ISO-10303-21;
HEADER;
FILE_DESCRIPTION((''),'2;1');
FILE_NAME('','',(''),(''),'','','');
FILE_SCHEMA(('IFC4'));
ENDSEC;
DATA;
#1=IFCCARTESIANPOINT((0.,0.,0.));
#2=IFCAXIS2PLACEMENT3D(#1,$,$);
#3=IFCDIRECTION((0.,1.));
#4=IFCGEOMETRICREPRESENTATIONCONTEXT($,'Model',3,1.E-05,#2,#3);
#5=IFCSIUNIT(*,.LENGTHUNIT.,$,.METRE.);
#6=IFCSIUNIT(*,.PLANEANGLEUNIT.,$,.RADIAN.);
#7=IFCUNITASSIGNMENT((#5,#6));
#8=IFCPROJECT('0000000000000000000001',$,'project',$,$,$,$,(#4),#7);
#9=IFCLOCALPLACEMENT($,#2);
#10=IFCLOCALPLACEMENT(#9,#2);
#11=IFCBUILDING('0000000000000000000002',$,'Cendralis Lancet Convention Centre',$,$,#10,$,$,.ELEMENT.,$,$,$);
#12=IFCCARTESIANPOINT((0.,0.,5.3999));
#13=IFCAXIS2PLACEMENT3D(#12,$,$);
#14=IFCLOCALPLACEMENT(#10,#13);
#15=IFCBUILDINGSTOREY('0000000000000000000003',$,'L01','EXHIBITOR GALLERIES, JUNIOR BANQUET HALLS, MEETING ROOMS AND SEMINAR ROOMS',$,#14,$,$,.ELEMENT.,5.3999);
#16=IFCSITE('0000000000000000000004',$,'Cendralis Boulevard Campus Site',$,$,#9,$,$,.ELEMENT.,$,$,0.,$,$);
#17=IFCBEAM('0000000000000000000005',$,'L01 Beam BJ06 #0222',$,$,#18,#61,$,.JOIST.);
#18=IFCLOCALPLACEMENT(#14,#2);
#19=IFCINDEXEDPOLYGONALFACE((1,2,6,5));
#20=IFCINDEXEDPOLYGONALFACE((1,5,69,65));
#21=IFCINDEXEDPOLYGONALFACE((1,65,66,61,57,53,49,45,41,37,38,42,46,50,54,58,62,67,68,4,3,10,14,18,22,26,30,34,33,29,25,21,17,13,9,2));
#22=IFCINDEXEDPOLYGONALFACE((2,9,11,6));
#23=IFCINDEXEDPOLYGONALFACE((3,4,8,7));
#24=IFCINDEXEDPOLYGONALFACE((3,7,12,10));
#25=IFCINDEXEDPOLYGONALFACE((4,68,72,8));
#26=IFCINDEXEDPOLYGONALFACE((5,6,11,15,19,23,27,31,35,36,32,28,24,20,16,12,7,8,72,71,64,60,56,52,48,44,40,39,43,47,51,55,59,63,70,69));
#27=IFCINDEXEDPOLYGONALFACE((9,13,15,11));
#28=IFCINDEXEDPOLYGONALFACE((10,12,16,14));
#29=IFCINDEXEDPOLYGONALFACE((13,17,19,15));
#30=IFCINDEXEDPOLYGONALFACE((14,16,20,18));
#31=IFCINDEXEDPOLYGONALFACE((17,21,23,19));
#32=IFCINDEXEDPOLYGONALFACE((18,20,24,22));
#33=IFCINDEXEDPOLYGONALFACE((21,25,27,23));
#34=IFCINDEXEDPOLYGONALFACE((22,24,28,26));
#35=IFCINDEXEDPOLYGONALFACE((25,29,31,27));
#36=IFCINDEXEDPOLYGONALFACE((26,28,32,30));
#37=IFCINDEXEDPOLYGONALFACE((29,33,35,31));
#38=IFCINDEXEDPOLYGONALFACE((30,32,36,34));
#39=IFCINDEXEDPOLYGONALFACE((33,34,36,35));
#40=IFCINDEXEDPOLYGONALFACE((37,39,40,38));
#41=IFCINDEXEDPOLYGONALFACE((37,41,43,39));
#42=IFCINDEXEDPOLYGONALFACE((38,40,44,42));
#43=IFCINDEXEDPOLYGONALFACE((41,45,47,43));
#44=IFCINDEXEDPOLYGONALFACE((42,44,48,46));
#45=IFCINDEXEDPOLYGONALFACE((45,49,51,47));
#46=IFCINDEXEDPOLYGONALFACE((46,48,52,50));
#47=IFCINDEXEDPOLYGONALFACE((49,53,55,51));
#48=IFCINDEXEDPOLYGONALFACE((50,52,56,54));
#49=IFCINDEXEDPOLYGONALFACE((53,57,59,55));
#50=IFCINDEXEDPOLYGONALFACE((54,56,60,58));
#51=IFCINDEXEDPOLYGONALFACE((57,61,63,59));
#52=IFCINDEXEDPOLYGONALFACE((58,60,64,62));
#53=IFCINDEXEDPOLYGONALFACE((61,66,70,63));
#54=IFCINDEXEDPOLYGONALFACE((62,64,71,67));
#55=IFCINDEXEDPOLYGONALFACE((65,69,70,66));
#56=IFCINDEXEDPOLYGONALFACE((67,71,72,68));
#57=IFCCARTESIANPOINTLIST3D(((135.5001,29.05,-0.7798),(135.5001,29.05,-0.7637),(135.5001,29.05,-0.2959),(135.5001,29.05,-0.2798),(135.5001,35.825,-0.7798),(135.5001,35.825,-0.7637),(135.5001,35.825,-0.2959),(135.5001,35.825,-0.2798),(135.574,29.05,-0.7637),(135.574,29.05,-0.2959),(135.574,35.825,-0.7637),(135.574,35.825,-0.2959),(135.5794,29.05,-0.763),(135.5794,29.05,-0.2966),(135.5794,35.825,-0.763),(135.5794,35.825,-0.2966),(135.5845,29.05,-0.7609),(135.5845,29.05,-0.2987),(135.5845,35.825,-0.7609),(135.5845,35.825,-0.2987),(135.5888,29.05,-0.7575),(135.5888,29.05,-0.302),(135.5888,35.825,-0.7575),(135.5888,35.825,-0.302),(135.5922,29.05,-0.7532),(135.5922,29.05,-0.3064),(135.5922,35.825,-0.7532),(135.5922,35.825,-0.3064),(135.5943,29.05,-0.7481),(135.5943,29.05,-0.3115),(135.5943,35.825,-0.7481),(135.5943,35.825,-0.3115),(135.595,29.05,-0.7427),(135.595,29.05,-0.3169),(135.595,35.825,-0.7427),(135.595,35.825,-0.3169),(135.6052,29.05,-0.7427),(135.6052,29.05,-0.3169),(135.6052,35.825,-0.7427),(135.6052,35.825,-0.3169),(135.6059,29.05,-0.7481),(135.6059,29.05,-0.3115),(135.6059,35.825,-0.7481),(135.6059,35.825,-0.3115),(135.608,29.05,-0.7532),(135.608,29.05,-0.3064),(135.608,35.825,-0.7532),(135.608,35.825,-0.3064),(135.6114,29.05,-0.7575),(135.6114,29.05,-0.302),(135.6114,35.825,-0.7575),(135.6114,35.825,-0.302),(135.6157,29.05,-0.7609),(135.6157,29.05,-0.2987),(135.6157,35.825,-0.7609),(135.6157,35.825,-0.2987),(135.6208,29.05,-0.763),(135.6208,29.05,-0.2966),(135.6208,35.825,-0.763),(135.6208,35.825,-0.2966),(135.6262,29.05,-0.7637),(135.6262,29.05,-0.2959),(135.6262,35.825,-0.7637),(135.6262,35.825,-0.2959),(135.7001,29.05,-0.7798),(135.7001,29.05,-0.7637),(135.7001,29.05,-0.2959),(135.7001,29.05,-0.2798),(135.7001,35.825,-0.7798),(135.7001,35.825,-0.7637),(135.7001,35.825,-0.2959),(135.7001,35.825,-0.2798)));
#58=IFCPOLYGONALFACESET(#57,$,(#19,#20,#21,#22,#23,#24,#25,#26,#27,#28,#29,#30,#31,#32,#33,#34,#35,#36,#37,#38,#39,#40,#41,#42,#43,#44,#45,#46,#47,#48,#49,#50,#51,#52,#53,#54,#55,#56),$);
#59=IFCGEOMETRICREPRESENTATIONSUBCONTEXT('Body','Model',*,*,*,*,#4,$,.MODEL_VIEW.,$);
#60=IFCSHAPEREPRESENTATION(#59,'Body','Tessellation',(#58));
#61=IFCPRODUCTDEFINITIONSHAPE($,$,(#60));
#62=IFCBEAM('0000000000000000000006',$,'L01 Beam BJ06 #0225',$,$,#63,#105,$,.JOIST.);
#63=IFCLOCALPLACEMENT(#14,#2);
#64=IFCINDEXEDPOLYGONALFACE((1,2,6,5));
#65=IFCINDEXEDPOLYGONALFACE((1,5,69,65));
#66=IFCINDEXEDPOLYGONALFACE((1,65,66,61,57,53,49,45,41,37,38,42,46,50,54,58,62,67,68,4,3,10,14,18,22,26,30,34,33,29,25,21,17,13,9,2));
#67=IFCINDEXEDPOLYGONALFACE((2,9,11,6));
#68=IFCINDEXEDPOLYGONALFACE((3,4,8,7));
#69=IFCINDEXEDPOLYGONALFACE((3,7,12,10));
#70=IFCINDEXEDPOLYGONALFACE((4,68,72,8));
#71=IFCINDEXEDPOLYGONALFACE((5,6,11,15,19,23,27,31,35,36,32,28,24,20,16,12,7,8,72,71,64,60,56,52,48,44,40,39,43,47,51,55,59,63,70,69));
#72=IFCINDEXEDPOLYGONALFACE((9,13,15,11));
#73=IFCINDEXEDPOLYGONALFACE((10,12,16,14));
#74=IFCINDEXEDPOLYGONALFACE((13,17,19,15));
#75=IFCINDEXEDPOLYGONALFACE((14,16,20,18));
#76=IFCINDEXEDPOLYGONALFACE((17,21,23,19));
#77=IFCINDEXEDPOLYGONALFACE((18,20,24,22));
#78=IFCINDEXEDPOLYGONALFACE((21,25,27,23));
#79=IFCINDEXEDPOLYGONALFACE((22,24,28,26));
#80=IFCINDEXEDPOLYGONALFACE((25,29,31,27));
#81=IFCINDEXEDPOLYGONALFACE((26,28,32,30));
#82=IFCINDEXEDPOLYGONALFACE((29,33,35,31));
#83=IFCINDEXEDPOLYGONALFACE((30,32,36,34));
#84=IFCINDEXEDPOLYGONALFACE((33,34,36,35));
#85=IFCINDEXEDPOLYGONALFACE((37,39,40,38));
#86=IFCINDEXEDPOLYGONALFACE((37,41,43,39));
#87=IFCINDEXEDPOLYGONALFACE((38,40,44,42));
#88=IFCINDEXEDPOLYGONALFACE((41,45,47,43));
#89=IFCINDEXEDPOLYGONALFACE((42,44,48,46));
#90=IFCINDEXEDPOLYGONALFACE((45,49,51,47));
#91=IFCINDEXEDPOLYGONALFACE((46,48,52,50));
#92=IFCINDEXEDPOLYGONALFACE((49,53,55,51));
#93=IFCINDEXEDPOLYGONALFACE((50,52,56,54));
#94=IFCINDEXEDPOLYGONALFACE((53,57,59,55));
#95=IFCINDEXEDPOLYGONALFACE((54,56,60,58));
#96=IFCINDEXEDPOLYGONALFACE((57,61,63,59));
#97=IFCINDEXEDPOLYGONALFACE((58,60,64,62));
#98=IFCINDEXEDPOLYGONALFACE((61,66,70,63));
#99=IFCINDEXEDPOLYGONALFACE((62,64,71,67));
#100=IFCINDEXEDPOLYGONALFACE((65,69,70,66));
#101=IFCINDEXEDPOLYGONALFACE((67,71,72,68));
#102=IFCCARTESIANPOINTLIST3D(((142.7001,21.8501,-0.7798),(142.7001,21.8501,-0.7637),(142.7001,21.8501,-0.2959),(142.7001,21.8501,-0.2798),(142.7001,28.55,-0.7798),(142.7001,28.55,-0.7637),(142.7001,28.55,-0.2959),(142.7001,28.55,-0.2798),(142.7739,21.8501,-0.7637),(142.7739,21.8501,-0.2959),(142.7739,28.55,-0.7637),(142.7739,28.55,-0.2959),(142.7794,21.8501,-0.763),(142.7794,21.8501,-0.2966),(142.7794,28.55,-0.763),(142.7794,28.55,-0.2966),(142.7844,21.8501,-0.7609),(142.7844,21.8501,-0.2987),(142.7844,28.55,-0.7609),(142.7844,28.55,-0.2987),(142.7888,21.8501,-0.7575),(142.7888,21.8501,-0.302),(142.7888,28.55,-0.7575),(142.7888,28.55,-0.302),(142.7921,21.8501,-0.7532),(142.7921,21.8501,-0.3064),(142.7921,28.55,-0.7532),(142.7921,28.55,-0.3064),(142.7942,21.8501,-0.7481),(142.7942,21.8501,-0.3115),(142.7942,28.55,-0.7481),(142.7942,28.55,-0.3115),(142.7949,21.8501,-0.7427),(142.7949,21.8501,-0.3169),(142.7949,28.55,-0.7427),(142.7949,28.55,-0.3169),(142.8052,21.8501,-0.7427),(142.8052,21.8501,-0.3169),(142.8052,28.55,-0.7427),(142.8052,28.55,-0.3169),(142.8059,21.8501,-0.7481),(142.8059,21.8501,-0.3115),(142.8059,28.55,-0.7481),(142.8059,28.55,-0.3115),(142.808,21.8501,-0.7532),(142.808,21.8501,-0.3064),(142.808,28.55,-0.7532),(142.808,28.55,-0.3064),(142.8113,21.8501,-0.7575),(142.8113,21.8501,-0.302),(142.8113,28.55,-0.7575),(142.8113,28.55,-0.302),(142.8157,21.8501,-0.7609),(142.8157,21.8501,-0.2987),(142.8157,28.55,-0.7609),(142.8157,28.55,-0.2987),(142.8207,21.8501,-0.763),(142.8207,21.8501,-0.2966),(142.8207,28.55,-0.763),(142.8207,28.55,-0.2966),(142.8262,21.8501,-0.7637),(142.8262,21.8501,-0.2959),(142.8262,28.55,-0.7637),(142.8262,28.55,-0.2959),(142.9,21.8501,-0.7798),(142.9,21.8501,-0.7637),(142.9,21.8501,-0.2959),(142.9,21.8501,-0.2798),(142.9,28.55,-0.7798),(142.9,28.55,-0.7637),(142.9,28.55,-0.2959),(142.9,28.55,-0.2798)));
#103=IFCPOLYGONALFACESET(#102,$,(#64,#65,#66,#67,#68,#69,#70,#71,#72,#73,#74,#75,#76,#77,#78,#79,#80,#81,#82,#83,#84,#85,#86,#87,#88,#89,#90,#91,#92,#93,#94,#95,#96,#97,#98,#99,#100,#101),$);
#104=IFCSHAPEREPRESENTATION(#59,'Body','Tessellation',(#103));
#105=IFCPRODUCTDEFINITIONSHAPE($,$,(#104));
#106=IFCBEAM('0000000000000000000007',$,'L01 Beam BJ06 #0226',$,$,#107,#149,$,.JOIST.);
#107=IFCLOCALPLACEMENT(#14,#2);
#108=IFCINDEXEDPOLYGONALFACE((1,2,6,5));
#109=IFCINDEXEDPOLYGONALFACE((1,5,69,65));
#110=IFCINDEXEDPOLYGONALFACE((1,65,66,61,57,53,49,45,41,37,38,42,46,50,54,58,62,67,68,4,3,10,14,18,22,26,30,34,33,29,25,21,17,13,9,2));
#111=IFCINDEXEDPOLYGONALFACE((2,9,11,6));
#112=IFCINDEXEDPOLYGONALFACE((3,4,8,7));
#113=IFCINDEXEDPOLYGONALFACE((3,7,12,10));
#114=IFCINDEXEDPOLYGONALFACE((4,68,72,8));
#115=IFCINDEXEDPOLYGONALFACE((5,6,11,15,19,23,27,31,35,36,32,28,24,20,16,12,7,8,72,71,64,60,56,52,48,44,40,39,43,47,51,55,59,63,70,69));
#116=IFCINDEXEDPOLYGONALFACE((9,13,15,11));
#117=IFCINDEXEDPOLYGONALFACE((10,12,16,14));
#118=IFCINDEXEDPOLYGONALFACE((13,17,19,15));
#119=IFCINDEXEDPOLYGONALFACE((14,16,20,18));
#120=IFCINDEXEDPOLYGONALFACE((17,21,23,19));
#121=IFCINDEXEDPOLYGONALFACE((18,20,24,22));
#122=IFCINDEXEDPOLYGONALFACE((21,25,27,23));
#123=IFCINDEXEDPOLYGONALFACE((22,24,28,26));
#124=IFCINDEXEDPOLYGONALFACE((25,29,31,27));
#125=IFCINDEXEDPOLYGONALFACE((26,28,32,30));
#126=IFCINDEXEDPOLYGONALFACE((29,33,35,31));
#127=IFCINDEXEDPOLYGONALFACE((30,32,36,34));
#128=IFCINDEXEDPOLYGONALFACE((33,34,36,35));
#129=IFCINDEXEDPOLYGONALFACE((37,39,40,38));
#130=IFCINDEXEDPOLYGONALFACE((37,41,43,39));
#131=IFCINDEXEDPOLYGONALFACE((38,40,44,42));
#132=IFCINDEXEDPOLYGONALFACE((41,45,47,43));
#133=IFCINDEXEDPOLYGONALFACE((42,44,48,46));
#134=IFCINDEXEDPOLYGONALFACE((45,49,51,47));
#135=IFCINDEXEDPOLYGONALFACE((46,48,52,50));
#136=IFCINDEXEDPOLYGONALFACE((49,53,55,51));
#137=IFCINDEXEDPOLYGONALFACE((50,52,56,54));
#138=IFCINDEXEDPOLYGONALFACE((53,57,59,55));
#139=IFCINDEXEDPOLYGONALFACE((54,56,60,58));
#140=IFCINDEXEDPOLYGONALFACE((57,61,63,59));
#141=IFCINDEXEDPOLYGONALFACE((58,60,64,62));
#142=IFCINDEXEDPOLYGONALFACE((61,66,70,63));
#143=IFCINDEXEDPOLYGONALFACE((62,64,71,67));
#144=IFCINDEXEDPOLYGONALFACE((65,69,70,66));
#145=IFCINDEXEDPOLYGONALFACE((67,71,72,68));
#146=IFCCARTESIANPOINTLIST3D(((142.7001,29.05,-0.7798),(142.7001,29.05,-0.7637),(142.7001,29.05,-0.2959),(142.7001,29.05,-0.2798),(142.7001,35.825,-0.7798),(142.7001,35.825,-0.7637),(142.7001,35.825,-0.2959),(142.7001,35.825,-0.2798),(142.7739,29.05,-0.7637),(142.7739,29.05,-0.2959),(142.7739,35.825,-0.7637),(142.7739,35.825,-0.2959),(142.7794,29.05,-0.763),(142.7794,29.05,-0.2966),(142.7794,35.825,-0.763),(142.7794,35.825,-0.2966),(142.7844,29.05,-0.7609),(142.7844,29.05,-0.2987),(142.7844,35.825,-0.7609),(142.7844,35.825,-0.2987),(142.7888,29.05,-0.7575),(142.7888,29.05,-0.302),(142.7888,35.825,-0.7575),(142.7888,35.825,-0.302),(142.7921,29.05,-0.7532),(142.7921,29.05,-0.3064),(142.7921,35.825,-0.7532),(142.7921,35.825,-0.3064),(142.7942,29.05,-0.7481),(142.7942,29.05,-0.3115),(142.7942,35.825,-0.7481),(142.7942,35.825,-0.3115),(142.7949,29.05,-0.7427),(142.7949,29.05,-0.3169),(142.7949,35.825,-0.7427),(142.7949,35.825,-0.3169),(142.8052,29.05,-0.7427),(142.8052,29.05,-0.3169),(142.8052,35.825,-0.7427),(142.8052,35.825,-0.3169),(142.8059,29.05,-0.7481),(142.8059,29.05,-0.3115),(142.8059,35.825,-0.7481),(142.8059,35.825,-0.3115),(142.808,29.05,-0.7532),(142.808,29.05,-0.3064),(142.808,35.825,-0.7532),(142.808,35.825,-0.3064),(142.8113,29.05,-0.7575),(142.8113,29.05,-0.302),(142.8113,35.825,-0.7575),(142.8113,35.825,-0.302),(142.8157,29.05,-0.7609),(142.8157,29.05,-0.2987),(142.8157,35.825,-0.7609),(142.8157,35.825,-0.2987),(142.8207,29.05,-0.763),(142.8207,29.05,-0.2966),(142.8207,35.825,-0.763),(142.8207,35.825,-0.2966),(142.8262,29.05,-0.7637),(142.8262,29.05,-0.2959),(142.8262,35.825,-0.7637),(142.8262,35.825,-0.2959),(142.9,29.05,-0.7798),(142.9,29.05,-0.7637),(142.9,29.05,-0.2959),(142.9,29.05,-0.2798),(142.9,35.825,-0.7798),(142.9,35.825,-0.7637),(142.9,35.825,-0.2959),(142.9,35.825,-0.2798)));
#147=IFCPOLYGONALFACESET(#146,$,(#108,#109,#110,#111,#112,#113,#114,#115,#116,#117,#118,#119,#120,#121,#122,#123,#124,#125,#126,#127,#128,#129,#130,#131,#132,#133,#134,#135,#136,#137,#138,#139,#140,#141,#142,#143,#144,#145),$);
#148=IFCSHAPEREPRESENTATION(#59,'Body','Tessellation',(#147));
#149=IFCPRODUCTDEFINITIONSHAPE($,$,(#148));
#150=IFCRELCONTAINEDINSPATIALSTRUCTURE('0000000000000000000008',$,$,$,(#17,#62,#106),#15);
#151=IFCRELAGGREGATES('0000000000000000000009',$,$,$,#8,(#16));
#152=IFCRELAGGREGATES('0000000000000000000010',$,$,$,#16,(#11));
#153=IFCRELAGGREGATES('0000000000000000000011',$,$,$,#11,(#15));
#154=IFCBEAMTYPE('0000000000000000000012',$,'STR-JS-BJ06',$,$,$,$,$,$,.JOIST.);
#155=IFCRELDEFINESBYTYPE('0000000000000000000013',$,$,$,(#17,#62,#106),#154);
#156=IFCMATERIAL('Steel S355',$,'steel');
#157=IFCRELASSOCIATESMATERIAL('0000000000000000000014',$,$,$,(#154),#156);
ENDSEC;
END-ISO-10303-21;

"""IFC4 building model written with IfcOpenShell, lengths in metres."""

from ifc_helpers import new_model, si_unit, direction, frame, origin, origin_2d, place, context, subcontext, project, spatial, i_section, extrude, material, material_profile, profile_set, type_object, element, save


model = new_model("IFC4")

# Units and contexts
model_context = context("Model", 3, precision=1e-05, world=origin(), true_north=direction((0.0, 1.0)))
body_context = subcontext(model_context, "Body", "Model", "MODEL_VIEW")
ifc_project = project(units=[si_unit("LENGTHUNIT", "METRE"), si_unit("PLANEANGLEUNIT", "RADIAN")], contexts=[model_context])

# Site, building, storey
site_placement = place(None, origin())
site = spatial("IfcSite", under=ifc_project, at=site_placement, Name="Cendralis Boulevard Campus Site", CompositionType="ELEMENT", RefElevation=0.0)
building_placement = place(site_placement, origin())
building = spatial("IfcBuilding", under=site, at=building_placement, Name="Cendralis Lancet Convention Centre", CompositionType="ELEMENT")
storey_placement = place(building_placement, frame((0.0, 0.0, 5.3999)))
storey = spatial("IfcBuildingStorey", under=building, at=storey_placement, Name="L01", Description="EXHIBITOR GALLERIES, JUNIOR BANQUET HALLS, MEETING ROOMS AND SEMINAR ROOMS", CompositionType="ELEMENT", Elevation=5.3999)

# Beams
ifc_material_1 = material(Name="Steel S355", Category="steel")
ifc_material_profile_1 = material_profile(ifc_material_1, i_section(OverallWidth=0.2, OverallDepth=0.5, WebThickness=0.0103, FlangeThickness=0.0161, FilletRadius=0.021, at=origin_2d()), Name="IPE 500")
ifc_profile_set_1 = profile_set([ifc_material_profile_1], Name="Steel S355")
beam_type_1 = type_object("IfcBeamType", Name="STR-JS-BJ06", PredefinedType="JOIST", material=ifc_profile_set_1)
beam_1_placement = place(storey_placement, frame((135.6001, 29.05, -0.5298), z_axis=(0.0, 1.0, 0.0), x_axis=(-1.0, 0.0, 0.0)))
element("IfcBeam", 1, at=beam_1_placement, inside=storey, type_object=beam_type_1, Name="L01 Beam BJ06 #0222", PredefinedType="JOIST", context=body_context, shape_type="SweptSolid", body=[
    extrude(i_section(OverallWidth=0.2, OverallDepth=0.5, WebThickness=0.0103, FlangeThickness=0.0161, FilletRadius=0.021, at=origin_2d()), origin(), (0.0, 0.0, 1.0), 6.7749),
])
beam_2_placement = place(storey_placement, frame((142.8, 21.8501, -0.5298), z_axis=(0.0, 1.0, 0.0), x_axis=(-1.0, 0.0, 0.0)))
element("IfcBeam", 2, at=beam_2_placement, inside=storey, type_object=beam_type_1, Name="L01 Beam BJ06 #0225", PredefinedType="JOIST", context=body_context, shape_type="SweptSolid", body=[
    extrude(i_section(OverallWidth=0.2, OverallDepth=0.5, WebThickness=0.0103, FlangeThickness=0.0161, FilletRadius=0.021, at=origin_2d()), origin(), (0.0, 0.0, 1.0), 6.7),
])
beam_3_placement = place(storey_placement, frame((142.8, 29.05, -0.5298), z_axis=(0.0, 1.0, 0.0), x_axis=(-1.0, 0.0, 0.0)))
element("IfcBeam", 3, at=beam_3_placement, inside=storey, type_object=beam_type_1, Name="L01 Beam BJ06 #0226", PredefinedType="JOIST", context=body_context, shape_type="SweptSolid", body=[
    extrude(i_section(OverallWidth=0.2, OverallDepth=0.5, WebThickness=0.0103, FlangeThickness=0.0161, FilletRadius=0.021, at=origin_2d()), origin(), (0.0, 0.0, 1.0), 6.7749),
])

save(model, "model.ifc")
